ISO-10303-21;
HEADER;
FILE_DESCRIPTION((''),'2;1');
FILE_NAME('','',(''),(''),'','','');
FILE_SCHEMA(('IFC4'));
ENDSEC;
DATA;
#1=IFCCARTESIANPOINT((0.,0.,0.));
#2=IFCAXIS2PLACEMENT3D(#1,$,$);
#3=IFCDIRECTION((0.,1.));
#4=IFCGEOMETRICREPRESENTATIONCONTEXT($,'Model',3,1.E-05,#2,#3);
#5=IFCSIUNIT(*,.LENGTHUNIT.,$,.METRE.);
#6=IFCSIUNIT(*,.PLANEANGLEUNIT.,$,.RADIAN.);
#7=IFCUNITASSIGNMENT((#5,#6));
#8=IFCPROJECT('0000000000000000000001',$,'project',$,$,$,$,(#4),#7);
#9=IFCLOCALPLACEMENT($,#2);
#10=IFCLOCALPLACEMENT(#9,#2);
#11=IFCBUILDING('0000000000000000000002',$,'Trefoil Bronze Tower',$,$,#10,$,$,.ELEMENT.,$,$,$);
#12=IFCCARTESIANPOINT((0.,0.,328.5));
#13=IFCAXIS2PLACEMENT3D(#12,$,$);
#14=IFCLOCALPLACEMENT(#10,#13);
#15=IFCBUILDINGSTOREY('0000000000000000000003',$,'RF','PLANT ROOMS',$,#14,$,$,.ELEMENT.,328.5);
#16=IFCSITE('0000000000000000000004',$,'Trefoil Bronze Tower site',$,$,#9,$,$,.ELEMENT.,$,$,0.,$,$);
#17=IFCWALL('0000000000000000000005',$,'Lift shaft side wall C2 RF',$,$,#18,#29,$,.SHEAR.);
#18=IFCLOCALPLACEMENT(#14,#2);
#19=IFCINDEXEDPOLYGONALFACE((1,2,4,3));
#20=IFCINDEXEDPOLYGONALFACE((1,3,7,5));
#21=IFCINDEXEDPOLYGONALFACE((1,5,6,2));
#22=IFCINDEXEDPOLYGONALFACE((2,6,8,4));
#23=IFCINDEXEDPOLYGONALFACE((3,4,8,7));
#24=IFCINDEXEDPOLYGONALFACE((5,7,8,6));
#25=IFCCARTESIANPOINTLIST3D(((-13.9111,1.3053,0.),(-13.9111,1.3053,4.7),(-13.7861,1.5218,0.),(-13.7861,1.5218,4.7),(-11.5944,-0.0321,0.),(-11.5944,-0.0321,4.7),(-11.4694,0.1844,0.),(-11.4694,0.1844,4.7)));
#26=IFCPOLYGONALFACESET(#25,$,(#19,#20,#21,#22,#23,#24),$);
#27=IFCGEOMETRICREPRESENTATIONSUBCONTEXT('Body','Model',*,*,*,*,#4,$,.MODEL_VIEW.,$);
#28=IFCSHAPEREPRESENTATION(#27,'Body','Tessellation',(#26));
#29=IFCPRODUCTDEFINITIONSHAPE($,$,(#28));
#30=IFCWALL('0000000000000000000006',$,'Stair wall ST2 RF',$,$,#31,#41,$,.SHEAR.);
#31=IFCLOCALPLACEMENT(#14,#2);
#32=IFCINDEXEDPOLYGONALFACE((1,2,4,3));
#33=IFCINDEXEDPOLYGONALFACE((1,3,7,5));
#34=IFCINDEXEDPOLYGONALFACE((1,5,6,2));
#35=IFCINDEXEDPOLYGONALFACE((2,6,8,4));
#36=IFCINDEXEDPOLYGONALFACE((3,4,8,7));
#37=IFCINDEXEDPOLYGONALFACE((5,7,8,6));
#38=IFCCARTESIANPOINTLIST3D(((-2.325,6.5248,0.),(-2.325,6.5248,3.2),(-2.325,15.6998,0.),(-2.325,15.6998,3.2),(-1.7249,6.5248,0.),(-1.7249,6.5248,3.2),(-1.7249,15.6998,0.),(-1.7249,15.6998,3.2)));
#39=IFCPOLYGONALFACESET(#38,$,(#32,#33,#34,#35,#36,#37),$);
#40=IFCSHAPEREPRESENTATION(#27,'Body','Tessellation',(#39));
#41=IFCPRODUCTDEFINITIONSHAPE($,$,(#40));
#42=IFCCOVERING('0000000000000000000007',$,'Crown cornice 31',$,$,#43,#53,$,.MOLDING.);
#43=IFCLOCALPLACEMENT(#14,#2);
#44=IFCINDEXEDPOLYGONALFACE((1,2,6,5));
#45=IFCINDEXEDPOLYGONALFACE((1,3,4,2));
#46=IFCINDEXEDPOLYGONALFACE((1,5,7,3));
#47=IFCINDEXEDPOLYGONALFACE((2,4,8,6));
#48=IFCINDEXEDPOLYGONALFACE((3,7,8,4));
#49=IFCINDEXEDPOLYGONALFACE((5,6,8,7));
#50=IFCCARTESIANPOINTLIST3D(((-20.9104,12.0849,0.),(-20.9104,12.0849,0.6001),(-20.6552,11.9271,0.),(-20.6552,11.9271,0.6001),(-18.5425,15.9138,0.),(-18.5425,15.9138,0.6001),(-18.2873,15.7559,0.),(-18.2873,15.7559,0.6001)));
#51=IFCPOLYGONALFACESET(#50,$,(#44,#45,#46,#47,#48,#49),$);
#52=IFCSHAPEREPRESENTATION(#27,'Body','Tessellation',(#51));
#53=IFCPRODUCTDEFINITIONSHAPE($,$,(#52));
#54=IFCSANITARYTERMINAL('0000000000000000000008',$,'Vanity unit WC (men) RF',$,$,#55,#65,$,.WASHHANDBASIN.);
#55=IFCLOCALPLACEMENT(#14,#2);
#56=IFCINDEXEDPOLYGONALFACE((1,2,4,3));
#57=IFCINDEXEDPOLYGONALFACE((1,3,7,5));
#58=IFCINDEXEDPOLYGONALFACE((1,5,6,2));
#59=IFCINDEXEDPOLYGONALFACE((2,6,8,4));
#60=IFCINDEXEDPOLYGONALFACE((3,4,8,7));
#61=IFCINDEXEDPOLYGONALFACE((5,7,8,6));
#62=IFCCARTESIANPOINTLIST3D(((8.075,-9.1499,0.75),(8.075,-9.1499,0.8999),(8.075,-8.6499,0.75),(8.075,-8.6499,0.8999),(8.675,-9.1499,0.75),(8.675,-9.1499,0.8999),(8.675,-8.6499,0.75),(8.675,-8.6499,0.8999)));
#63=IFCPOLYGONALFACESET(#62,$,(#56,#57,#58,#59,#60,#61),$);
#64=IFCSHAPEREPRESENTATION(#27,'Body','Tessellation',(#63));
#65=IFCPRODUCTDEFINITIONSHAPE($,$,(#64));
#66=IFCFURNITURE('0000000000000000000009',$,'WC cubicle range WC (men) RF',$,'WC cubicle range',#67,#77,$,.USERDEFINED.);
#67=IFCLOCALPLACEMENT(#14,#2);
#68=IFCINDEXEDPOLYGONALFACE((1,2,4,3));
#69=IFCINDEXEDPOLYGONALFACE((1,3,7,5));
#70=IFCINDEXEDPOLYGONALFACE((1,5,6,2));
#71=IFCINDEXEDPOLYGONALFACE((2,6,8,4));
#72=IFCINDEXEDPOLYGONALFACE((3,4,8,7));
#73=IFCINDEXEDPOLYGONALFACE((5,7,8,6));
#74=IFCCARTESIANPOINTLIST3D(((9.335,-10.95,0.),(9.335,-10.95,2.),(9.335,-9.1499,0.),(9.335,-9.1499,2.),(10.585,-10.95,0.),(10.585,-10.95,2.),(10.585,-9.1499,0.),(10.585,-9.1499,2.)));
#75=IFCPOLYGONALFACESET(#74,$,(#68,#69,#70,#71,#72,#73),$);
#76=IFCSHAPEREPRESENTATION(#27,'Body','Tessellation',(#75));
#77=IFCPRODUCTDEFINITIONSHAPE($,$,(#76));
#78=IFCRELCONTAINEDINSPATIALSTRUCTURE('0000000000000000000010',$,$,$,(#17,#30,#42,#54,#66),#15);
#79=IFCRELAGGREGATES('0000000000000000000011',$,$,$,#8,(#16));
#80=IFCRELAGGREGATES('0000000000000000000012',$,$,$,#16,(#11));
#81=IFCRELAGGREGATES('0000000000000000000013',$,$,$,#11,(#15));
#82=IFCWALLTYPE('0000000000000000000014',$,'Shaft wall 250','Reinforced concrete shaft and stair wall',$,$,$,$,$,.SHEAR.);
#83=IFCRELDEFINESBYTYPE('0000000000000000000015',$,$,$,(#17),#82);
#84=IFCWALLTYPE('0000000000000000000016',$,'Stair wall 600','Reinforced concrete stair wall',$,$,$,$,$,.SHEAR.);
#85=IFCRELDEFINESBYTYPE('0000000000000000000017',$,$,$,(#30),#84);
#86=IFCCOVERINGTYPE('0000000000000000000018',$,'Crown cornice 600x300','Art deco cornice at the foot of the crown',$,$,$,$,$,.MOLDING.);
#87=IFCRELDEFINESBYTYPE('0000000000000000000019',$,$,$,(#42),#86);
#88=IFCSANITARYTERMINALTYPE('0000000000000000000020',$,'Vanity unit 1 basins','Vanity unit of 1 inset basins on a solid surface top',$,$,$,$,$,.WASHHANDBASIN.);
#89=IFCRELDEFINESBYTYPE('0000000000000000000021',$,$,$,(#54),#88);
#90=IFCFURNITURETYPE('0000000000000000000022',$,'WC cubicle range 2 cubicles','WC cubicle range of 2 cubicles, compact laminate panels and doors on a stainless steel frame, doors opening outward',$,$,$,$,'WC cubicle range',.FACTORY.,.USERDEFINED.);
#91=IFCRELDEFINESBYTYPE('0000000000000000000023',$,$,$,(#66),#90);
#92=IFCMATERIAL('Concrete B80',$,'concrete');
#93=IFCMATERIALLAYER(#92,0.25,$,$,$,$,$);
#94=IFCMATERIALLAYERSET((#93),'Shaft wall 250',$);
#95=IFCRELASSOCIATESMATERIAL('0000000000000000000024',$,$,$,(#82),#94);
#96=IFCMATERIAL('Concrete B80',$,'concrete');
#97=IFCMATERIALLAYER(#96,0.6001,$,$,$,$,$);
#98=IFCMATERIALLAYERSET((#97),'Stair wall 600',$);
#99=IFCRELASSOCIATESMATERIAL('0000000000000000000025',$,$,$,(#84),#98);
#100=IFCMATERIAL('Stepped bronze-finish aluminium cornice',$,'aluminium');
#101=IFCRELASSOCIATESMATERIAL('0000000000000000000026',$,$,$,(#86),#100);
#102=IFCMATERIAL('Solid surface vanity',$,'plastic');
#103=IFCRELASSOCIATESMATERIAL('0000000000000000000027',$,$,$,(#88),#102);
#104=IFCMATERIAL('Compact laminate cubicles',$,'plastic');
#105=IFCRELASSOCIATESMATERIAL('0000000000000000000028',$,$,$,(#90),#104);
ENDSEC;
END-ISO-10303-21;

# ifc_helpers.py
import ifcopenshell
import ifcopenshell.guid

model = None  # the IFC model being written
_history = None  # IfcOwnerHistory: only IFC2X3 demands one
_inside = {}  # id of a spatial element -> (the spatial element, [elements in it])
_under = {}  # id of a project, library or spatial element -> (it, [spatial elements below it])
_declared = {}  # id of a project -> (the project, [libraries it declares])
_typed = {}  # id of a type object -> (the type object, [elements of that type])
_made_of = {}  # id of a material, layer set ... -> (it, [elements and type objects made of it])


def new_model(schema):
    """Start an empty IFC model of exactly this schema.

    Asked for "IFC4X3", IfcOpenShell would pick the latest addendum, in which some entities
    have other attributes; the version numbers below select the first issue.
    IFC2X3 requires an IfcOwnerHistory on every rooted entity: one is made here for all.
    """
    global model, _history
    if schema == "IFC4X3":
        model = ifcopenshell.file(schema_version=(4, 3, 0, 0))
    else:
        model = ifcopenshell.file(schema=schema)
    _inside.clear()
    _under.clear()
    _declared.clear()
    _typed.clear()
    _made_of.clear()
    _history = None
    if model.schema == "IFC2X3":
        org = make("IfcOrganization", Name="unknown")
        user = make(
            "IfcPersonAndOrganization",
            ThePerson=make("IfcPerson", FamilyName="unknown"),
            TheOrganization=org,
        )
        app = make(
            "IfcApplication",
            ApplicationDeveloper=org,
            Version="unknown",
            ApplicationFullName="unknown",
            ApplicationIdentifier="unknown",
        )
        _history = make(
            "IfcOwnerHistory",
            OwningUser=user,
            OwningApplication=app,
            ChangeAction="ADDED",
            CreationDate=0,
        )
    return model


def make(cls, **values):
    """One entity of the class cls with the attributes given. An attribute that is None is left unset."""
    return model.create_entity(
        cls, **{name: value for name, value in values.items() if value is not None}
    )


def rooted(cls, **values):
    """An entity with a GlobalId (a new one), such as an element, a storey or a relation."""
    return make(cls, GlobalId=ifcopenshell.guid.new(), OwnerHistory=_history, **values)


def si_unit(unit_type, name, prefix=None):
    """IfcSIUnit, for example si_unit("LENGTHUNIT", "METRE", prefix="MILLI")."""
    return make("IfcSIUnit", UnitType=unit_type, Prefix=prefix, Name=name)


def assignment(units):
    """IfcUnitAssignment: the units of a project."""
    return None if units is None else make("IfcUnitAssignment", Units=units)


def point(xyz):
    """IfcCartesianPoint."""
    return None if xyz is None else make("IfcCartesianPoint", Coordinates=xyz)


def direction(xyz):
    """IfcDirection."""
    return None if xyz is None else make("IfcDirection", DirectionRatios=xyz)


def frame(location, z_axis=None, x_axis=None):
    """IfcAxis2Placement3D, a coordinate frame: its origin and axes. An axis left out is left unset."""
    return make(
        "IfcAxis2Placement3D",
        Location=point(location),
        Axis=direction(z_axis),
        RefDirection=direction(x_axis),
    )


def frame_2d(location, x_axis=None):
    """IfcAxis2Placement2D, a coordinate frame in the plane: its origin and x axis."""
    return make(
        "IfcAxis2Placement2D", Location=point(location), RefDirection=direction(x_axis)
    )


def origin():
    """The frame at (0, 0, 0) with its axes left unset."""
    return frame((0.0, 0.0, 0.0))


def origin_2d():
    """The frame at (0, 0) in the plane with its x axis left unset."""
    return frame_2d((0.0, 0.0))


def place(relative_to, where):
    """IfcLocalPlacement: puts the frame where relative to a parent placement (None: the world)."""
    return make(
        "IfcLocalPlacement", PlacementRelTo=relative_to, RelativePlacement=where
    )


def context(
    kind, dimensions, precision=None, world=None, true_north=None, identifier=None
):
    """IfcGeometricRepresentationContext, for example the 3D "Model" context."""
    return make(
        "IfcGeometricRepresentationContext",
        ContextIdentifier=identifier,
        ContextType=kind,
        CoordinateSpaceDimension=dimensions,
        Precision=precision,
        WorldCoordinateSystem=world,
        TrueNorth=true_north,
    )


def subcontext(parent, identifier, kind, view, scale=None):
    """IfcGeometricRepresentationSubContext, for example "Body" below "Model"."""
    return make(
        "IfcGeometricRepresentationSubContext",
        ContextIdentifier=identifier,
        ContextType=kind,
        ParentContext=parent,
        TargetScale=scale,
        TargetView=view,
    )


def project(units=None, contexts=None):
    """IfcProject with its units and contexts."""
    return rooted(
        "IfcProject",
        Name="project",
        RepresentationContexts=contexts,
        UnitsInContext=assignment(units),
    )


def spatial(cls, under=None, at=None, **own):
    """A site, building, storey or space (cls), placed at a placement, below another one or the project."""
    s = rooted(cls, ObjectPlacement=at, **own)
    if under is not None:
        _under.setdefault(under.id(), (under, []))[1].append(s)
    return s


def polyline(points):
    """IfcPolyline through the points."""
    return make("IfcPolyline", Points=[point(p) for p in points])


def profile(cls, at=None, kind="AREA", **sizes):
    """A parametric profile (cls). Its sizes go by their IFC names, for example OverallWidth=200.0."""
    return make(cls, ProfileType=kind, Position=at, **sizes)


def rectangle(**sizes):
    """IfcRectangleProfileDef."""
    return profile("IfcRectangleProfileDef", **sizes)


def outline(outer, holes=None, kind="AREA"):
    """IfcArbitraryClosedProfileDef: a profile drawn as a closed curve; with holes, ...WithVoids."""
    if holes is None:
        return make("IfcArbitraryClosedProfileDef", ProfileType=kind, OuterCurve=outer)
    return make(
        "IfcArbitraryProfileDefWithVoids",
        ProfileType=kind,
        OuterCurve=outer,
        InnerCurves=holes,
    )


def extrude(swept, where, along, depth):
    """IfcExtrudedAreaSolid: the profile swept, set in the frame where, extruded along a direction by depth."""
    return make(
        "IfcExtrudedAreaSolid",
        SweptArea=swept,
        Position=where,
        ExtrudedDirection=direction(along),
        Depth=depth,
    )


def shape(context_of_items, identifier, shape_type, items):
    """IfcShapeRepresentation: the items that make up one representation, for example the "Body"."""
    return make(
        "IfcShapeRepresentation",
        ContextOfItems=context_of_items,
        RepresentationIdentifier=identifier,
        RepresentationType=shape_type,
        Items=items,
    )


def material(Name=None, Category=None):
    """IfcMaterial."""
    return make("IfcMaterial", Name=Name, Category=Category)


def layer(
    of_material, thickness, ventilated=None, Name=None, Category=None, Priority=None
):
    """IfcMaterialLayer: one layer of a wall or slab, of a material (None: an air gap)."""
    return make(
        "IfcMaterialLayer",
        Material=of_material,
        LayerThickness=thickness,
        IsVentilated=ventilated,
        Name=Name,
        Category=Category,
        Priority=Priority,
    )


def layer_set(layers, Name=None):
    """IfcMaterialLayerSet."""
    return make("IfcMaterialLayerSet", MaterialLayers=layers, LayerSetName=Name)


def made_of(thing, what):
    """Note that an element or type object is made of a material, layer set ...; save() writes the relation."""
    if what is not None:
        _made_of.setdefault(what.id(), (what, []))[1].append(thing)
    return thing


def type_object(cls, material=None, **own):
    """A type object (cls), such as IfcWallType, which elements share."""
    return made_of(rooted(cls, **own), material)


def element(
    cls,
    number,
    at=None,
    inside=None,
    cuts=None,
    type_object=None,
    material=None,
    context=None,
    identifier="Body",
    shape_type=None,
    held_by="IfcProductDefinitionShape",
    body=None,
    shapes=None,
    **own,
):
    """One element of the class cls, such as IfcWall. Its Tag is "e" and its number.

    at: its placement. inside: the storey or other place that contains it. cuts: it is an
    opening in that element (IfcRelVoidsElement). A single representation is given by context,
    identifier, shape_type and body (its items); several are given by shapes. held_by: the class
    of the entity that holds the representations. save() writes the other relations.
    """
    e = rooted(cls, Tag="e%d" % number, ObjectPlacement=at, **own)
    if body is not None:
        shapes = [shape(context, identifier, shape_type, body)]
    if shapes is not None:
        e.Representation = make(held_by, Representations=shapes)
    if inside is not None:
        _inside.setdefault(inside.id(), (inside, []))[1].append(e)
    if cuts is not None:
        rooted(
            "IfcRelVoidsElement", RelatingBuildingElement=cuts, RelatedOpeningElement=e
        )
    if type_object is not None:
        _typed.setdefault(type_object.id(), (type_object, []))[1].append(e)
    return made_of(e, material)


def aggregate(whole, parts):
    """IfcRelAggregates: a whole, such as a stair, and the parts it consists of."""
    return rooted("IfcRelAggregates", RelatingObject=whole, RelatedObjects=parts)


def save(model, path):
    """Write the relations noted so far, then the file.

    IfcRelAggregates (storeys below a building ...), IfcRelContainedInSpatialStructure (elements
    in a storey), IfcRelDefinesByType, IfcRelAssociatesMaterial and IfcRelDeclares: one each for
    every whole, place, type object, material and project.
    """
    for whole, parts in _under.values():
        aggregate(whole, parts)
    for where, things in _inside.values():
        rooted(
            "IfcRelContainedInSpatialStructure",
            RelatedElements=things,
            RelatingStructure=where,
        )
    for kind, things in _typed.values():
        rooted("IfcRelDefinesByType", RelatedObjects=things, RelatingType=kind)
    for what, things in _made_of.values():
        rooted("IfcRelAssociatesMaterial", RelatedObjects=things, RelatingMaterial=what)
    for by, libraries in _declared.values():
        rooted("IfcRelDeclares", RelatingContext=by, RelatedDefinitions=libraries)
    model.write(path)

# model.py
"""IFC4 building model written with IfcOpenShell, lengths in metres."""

from ifc_helpers import new_model, si_unit, direction, frame, frame_2d, origin, origin_2d, place, context, subcontext, project, spatial, polyline, rectangle, outline, extrude, material, layer, layer_set, type_object, element, save


model = new_model("IFC4")

# Units and contexts
model_context = context("Model", 3, precision=1e-05, world=origin(), true_north=direction((0.0, 1.0)))
body_context = subcontext(model_context, "Body", "Model", "MODEL_VIEW")
ifc_project = project(units=[si_unit("LENGTHUNIT", "METRE"), si_unit("PLANEANGLEUNIT", "RADIAN")], contexts=[model_context])

# Site, building, storey
site_placement = place(None, origin())
site = spatial("IfcSite", under=ifc_project, at=site_placement, Name="Trefoil Bronze Tower site", CompositionType="ELEMENT", RefElevation=0.0)
building_placement = place(site_placement, origin())
building = spatial("IfcBuilding", under=site, at=building_placement, Name="Trefoil Bronze Tower", CompositionType="ELEMENT")
storey_placement = place(building_placement, frame((0.0, 0.0, 328.5)))
storey = spatial("IfcBuildingStorey", under=building, at=storey_placement, Name="RF", Description="PLANT ROOMS", CompositionType="ELEMENT", Elevation=328.5)

# Shared definitions
ifc_material_1 = material(Name="Concrete B80", Category="concrete")
ifc_layer_1 = layer(ifc_material_1, 0.25)
ifc_layer_set_1 = layer_set([ifc_layer_1], Name="Shaft wall 250")
wall_type_1 = type_object("IfcWallType", Name="Shaft wall 250", Description="Reinforced concrete shaft and stair wall", PredefinedType="SHEAR", material=ifc_layer_set_1)

# Walls
for number, where, z_axis, x_axis, name in (
    (1, (-11.532, 0.0762, 0.0), (0.0, 0.0, 1.0), (-0.866044, 0.499967, 0.0), "Lift shaft side wall C2 RF"),
):
    element("IfcWall", number, at=place(storey_placement, frame(where, z_axis=z_axis, x_axis=x_axis)), inside=storey, type_object=wall_type_1, Name=name, PredefinedType="SHEAR", context=body_context, shape_type="SweptSolid", body=[
        extrude(rectangle(XDim=2.675, YDim=0.25, at=frame_2d((1.3374, 0.0))), origin(), (0.0, 0.0, 1.0), 4.7),
    ])
ifc_material_2 = material(Name="Concrete B80", Category="concrete")
ifc_layer_2 = layer(ifc_material_2, 0.6001)
ifc_layer_set_2 = layer_set([ifc_layer_2], Name="Stair wall 600")
wall_type_2 = type_object("IfcWallType", Name="Stair wall 600", Description="Reinforced concrete stair wall", PredefinedType="SHEAR", material=ifc_layer_set_2)
wall_1_placement = place(storey_placement, frame((-2.0249, 6.5249, 0.0), z_axis=(0.0, 0.0, 1.0), x_axis=(0.0, 1.0, 0.0)))
element("IfcWall", 2, at=wall_1_placement, inside=storey, type_object=wall_type_2, Name="Stair wall ST2 RF", PredefinedType="SHEAR", context=body_context, shape_type="SweptSolid", body=[
    extrude(rectangle(XDim=9.175, YDim=0.6001, at=frame_2d((4.5874, 0.0))), origin(), (0.0, 0.0, 1.0), 3.2),
])

# Covering
ifc_material_3 = material(Name="Stepped bronze-finish aluminium cornice", Category="aluminium")
covering_type = type_object("IfcCoveringType", Name="Crown cornice 600x300", Description="Art deco cornice at the foot of the crown", PredefinedType="MOLDING", material=ifc_material_3)
covering_placement = place(storey_placement, frame((-19.5989, 13.9204, 0.0), z_axis=(0.0, 0.0, 1.0), x_axis=(-0.52598, -0.850497, 0.0)))
element("IfcCovering", 3, at=covering_placement, inside=storey, type_object=covering_type, Name="Crown cornice 31", PredefinedType="MOLDING", context=body_context, shape_type="SweptSolid", body=[
    extrude(rectangle(XDim=4.502, YDim=0.3, at=origin_2d()), origin(), (0.0, 0.0, 1.0), 0.6001),
])

# Sanitary terminal
ifc_material_4 = material(Name="Solid surface vanity", Category="plastic")
sanitary_terminal_type = type_object("IfcSanitaryTerminalType", Name="Vanity unit 1 basins", Description="Vanity unit of 1 inset basins on a solid surface top", PredefinedType="WASHHANDBASIN", material=ifc_material_4)
sanitary_terminal_placement = place(storey_placement, frame((0.0, 0.0, 0.75)))
element("IfcSanitaryTerminal", 4, at=sanitary_terminal_placement, inside=storey, type_object=sanitary_terminal_type, Name="Vanity unit WC (men) RF", PredefinedType="WASHHANDBASIN", context=body_context, shape_type="SweptSolid", body=[
    extrude(outline(polyline([(8.075, -8.6499), (8.675, -8.6499), (8.675, -9.1499), (8.075, -9.1499), (8.075, -8.6499)])), origin(), (0.0, 0.0, 1.0), 0.1499),
])

# Furniture
ifc_material_5 = material(Name="Compact laminate cubicles", Category="plastic")
furniture_type = type_object("IfcFurnitureType", Name="WC cubicle range 2 cubicles", Description="WC cubicle range of 2 cubicles, compact laminate panels and doors on a stainless steel frame, doors opening outward", ElementType="WC cubicle range", AssemblyPlace="FACTORY", PredefinedType="USERDEFINED", material=ifc_material_5)
furniture_placement = place(storey_placement, origin())
element("IfcFurniture", 5, at=furniture_placement, inside=storey, type_object=furniture_type, Name="WC cubicle range WC (men) RF", ObjectType="WC cubicle range", PredefinedType="USERDEFINED", context=body_context, shape_type="SweptSolid", body=[
    extrude(outline(polyline([(9.335, -9.1499), (10.585, -9.1499), (10.585, -10.95), (9.335, -10.95), (9.335, -9.1499)])), origin(), (0.0, 0.0, 1.0), 2.0),
])

save(model, "model.ifc")
